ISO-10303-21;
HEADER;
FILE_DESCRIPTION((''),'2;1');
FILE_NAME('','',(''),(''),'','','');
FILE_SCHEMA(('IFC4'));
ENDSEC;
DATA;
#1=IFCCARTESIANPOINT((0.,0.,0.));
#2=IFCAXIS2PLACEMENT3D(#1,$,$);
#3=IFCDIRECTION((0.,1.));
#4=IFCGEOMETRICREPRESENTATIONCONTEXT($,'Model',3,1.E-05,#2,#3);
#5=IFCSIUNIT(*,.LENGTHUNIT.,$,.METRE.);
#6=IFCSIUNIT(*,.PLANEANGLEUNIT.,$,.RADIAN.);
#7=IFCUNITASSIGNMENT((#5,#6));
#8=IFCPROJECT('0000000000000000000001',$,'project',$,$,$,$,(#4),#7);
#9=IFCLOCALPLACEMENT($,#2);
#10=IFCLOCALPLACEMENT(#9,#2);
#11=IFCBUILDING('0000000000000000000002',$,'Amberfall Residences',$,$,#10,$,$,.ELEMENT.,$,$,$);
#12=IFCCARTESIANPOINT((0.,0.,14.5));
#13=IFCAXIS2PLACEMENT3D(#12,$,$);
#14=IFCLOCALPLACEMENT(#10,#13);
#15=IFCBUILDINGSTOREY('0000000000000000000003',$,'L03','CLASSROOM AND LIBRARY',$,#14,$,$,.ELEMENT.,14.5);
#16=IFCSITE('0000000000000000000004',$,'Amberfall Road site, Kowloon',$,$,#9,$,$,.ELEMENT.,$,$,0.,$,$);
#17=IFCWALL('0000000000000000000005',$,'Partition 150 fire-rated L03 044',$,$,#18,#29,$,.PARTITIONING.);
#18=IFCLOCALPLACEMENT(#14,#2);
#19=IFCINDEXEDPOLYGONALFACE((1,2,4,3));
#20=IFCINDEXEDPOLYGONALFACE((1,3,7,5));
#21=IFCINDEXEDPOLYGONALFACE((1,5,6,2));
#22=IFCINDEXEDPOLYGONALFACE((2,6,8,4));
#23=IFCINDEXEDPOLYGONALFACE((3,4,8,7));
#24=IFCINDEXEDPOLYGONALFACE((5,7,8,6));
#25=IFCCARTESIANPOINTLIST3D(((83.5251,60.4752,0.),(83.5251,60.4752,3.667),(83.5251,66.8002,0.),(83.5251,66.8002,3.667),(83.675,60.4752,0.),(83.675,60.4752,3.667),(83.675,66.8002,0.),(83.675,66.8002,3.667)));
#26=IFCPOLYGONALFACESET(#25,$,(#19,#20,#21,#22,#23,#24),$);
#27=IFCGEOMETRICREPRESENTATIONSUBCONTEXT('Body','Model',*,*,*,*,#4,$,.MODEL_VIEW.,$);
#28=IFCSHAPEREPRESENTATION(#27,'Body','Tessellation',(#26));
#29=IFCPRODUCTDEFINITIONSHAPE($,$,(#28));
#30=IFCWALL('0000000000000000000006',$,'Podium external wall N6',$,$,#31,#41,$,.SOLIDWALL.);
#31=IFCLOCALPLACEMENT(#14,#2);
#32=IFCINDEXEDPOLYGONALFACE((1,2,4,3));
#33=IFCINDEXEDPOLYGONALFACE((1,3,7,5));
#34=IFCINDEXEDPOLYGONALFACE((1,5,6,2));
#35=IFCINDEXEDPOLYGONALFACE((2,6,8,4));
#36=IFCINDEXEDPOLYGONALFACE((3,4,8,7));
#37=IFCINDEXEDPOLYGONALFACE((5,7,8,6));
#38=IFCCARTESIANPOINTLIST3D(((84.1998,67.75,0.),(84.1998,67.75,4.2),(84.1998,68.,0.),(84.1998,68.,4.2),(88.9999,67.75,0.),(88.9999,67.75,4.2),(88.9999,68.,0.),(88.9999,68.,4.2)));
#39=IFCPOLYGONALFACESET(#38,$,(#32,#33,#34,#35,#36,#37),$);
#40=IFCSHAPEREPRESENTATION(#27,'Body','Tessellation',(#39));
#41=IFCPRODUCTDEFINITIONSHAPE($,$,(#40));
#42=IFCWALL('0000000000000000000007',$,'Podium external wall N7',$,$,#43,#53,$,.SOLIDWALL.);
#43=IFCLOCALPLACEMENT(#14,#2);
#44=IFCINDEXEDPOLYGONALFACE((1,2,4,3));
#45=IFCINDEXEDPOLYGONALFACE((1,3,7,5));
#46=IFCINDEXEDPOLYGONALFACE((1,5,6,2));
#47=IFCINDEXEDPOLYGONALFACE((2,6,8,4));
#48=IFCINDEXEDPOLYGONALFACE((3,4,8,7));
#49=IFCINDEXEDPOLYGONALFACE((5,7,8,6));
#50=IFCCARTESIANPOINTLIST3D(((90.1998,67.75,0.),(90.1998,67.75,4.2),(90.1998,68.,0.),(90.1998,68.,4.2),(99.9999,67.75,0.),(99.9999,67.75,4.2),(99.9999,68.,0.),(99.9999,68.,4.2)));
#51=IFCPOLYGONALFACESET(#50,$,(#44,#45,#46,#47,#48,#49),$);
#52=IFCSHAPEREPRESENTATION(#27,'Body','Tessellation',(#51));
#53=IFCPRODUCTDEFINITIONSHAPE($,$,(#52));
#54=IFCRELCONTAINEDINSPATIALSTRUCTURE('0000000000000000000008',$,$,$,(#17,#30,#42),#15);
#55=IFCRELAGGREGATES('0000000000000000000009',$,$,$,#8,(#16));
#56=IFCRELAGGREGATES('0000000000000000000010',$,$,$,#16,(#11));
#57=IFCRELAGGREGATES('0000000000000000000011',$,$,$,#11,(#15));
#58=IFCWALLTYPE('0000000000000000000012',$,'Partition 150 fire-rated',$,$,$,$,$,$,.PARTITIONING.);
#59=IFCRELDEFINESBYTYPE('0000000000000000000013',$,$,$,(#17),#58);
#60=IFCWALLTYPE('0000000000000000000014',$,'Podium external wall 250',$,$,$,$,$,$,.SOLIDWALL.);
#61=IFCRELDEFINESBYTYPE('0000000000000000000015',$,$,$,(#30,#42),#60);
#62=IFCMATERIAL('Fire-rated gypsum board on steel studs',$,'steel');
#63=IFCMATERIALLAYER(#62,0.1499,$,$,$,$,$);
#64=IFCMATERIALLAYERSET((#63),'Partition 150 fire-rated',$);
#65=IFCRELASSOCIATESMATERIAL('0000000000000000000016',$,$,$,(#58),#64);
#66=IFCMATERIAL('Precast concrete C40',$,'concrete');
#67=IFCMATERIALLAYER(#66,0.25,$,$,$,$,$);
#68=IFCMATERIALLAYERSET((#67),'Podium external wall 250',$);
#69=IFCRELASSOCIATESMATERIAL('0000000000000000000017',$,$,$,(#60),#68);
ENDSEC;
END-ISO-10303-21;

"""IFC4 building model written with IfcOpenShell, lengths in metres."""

from ifc_helpers import new_model, si_unit, direction, frame, frame_2d, origin, place, context, subcontext, project, spatial, rectangle, extrude, material, layer, layer_set, type_object, element, save


model = new_model("IFC4")

# Units and contexts
model_context = context("Model", 3, precision=1e-05, world=origin(), true_north=direction((0.0, 1.0)))
body_context = subcontext(model_context, "Body", "Model", "MODEL_VIEW")
ifc_project = project(units=[si_unit("LENGTHUNIT", "METRE"), si_unit("PLANEANGLEUNIT", "RADIAN")], contexts=[model_context])

# Site, building, storey
site_placement = place(None, origin())
site = spatial("IfcSite", under=ifc_project, at=site_placement, Name="Amberfall Road site, Kowloon", CompositionType="ELEMENT", RefElevation=0.0)
building_placement = place(site_placement, origin())
building = spatial("IfcBuilding", under=site, at=building_placement, Name="Amberfall Residences", CompositionType="ELEMENT")
storey_placement = place(building_placement, frame((0.0, 0.0, 14.5)))
storey = spatial("IfcBuildingStorey", under=building, at=storey_placement, Name="L03", Description="CLASSROOM AND LIBRARY", CompositionType="ELEMENT", Elevation=14.5)

# Walls
ifc_material_1 = material(Name="Fire-rated gypsum board on steel studs", Category="steel")
ifc_layer_1 = layer(ifc_material_1, 0.1499)
ifc_layer_set_1 = layer_set([ifc_layer_1], Name="Partition 150 fire-rated")
wall_type_1 = type_object("IfcWallType", Name="Partition 150 fire-rated", PredefinedType="PARTITIONING", material=ifc_layer_set_1)
wall_1_placement = place(storey_placement, frame((83.6001, 60.4751, 0.0), z_axis=(0.0, 0.0, 1.0), x_axis=(0.0, 1.0, 0.0)))
element("IfcWall", 1, at=wall_1_placement, inside=storey, type_object=wall_type_1, Name="Partition 150 fire-rated L03 044", PredefinedType="PARTITIONING", context=body_context, shape_type="SweptSolid", body=[
    extrude(rectangle(XDim=6.325, YDim=0.1499, at=frame_2d((3.1626, 0.0))), origin(), (0.0, 0.0, 1.0), 3.667),
])
ifc_material_2 = material(Name="Precast concrete C40", Category="concrete")
ifc_layer_2 = layer(ifc_material_2, 0.25)
ifc_layer_set_2 = layer_set([ifc_layer_2], Name="Podium external wall 250")
wall_type_2 = type_object("IfcWallType", Name="Podium external wall 250", PredefinedType="SOLIDWALL", material=ifc_layer_set_2)
wall_2_placement = place(storey_placement, frame((84.2, 67.875, 0.0), z_axis=(0.0, 0.0, 1.0), x_axis=(1.0, 0.0, 0.0)))
element("IfcWall", 2, at=wall_2_placement, inside=storey, type_object=wall_type_2, Name="Podium external wall N6", PredefinedType="SOLIDWALL", context=body_context, shape_type="SweptSolid", body=[
    extrude(rectangle(XDim=4.8, YDim=0.25, at=frame_2d((2.3999, 0.0))), origin(), (0.0, 0.0, 1.0), 4.2),
])
wall_3_placement = place(storey_placement, frame((90.2, 67.875, 0.0), z_axis=(0.0, 0.0, 1.0), x_axis=(1.0, 0.0, 0.0)))
element("IfcWall", 3, at=wall_3_placement, inside=storey, type_object=wall_type_2, Name="Podium external wall N7", PredefinedType="SOLIDWALL", context=body_context, shape_type="SweptSolid", body=[
    extrude(rectangle(XDim=9.8, YDim=0.25, at=frame_2d((4.8999, 0.0))), origin(), (0.0, 0.0, 1.0), 4.2),
])

save(model, "model.ifc")
